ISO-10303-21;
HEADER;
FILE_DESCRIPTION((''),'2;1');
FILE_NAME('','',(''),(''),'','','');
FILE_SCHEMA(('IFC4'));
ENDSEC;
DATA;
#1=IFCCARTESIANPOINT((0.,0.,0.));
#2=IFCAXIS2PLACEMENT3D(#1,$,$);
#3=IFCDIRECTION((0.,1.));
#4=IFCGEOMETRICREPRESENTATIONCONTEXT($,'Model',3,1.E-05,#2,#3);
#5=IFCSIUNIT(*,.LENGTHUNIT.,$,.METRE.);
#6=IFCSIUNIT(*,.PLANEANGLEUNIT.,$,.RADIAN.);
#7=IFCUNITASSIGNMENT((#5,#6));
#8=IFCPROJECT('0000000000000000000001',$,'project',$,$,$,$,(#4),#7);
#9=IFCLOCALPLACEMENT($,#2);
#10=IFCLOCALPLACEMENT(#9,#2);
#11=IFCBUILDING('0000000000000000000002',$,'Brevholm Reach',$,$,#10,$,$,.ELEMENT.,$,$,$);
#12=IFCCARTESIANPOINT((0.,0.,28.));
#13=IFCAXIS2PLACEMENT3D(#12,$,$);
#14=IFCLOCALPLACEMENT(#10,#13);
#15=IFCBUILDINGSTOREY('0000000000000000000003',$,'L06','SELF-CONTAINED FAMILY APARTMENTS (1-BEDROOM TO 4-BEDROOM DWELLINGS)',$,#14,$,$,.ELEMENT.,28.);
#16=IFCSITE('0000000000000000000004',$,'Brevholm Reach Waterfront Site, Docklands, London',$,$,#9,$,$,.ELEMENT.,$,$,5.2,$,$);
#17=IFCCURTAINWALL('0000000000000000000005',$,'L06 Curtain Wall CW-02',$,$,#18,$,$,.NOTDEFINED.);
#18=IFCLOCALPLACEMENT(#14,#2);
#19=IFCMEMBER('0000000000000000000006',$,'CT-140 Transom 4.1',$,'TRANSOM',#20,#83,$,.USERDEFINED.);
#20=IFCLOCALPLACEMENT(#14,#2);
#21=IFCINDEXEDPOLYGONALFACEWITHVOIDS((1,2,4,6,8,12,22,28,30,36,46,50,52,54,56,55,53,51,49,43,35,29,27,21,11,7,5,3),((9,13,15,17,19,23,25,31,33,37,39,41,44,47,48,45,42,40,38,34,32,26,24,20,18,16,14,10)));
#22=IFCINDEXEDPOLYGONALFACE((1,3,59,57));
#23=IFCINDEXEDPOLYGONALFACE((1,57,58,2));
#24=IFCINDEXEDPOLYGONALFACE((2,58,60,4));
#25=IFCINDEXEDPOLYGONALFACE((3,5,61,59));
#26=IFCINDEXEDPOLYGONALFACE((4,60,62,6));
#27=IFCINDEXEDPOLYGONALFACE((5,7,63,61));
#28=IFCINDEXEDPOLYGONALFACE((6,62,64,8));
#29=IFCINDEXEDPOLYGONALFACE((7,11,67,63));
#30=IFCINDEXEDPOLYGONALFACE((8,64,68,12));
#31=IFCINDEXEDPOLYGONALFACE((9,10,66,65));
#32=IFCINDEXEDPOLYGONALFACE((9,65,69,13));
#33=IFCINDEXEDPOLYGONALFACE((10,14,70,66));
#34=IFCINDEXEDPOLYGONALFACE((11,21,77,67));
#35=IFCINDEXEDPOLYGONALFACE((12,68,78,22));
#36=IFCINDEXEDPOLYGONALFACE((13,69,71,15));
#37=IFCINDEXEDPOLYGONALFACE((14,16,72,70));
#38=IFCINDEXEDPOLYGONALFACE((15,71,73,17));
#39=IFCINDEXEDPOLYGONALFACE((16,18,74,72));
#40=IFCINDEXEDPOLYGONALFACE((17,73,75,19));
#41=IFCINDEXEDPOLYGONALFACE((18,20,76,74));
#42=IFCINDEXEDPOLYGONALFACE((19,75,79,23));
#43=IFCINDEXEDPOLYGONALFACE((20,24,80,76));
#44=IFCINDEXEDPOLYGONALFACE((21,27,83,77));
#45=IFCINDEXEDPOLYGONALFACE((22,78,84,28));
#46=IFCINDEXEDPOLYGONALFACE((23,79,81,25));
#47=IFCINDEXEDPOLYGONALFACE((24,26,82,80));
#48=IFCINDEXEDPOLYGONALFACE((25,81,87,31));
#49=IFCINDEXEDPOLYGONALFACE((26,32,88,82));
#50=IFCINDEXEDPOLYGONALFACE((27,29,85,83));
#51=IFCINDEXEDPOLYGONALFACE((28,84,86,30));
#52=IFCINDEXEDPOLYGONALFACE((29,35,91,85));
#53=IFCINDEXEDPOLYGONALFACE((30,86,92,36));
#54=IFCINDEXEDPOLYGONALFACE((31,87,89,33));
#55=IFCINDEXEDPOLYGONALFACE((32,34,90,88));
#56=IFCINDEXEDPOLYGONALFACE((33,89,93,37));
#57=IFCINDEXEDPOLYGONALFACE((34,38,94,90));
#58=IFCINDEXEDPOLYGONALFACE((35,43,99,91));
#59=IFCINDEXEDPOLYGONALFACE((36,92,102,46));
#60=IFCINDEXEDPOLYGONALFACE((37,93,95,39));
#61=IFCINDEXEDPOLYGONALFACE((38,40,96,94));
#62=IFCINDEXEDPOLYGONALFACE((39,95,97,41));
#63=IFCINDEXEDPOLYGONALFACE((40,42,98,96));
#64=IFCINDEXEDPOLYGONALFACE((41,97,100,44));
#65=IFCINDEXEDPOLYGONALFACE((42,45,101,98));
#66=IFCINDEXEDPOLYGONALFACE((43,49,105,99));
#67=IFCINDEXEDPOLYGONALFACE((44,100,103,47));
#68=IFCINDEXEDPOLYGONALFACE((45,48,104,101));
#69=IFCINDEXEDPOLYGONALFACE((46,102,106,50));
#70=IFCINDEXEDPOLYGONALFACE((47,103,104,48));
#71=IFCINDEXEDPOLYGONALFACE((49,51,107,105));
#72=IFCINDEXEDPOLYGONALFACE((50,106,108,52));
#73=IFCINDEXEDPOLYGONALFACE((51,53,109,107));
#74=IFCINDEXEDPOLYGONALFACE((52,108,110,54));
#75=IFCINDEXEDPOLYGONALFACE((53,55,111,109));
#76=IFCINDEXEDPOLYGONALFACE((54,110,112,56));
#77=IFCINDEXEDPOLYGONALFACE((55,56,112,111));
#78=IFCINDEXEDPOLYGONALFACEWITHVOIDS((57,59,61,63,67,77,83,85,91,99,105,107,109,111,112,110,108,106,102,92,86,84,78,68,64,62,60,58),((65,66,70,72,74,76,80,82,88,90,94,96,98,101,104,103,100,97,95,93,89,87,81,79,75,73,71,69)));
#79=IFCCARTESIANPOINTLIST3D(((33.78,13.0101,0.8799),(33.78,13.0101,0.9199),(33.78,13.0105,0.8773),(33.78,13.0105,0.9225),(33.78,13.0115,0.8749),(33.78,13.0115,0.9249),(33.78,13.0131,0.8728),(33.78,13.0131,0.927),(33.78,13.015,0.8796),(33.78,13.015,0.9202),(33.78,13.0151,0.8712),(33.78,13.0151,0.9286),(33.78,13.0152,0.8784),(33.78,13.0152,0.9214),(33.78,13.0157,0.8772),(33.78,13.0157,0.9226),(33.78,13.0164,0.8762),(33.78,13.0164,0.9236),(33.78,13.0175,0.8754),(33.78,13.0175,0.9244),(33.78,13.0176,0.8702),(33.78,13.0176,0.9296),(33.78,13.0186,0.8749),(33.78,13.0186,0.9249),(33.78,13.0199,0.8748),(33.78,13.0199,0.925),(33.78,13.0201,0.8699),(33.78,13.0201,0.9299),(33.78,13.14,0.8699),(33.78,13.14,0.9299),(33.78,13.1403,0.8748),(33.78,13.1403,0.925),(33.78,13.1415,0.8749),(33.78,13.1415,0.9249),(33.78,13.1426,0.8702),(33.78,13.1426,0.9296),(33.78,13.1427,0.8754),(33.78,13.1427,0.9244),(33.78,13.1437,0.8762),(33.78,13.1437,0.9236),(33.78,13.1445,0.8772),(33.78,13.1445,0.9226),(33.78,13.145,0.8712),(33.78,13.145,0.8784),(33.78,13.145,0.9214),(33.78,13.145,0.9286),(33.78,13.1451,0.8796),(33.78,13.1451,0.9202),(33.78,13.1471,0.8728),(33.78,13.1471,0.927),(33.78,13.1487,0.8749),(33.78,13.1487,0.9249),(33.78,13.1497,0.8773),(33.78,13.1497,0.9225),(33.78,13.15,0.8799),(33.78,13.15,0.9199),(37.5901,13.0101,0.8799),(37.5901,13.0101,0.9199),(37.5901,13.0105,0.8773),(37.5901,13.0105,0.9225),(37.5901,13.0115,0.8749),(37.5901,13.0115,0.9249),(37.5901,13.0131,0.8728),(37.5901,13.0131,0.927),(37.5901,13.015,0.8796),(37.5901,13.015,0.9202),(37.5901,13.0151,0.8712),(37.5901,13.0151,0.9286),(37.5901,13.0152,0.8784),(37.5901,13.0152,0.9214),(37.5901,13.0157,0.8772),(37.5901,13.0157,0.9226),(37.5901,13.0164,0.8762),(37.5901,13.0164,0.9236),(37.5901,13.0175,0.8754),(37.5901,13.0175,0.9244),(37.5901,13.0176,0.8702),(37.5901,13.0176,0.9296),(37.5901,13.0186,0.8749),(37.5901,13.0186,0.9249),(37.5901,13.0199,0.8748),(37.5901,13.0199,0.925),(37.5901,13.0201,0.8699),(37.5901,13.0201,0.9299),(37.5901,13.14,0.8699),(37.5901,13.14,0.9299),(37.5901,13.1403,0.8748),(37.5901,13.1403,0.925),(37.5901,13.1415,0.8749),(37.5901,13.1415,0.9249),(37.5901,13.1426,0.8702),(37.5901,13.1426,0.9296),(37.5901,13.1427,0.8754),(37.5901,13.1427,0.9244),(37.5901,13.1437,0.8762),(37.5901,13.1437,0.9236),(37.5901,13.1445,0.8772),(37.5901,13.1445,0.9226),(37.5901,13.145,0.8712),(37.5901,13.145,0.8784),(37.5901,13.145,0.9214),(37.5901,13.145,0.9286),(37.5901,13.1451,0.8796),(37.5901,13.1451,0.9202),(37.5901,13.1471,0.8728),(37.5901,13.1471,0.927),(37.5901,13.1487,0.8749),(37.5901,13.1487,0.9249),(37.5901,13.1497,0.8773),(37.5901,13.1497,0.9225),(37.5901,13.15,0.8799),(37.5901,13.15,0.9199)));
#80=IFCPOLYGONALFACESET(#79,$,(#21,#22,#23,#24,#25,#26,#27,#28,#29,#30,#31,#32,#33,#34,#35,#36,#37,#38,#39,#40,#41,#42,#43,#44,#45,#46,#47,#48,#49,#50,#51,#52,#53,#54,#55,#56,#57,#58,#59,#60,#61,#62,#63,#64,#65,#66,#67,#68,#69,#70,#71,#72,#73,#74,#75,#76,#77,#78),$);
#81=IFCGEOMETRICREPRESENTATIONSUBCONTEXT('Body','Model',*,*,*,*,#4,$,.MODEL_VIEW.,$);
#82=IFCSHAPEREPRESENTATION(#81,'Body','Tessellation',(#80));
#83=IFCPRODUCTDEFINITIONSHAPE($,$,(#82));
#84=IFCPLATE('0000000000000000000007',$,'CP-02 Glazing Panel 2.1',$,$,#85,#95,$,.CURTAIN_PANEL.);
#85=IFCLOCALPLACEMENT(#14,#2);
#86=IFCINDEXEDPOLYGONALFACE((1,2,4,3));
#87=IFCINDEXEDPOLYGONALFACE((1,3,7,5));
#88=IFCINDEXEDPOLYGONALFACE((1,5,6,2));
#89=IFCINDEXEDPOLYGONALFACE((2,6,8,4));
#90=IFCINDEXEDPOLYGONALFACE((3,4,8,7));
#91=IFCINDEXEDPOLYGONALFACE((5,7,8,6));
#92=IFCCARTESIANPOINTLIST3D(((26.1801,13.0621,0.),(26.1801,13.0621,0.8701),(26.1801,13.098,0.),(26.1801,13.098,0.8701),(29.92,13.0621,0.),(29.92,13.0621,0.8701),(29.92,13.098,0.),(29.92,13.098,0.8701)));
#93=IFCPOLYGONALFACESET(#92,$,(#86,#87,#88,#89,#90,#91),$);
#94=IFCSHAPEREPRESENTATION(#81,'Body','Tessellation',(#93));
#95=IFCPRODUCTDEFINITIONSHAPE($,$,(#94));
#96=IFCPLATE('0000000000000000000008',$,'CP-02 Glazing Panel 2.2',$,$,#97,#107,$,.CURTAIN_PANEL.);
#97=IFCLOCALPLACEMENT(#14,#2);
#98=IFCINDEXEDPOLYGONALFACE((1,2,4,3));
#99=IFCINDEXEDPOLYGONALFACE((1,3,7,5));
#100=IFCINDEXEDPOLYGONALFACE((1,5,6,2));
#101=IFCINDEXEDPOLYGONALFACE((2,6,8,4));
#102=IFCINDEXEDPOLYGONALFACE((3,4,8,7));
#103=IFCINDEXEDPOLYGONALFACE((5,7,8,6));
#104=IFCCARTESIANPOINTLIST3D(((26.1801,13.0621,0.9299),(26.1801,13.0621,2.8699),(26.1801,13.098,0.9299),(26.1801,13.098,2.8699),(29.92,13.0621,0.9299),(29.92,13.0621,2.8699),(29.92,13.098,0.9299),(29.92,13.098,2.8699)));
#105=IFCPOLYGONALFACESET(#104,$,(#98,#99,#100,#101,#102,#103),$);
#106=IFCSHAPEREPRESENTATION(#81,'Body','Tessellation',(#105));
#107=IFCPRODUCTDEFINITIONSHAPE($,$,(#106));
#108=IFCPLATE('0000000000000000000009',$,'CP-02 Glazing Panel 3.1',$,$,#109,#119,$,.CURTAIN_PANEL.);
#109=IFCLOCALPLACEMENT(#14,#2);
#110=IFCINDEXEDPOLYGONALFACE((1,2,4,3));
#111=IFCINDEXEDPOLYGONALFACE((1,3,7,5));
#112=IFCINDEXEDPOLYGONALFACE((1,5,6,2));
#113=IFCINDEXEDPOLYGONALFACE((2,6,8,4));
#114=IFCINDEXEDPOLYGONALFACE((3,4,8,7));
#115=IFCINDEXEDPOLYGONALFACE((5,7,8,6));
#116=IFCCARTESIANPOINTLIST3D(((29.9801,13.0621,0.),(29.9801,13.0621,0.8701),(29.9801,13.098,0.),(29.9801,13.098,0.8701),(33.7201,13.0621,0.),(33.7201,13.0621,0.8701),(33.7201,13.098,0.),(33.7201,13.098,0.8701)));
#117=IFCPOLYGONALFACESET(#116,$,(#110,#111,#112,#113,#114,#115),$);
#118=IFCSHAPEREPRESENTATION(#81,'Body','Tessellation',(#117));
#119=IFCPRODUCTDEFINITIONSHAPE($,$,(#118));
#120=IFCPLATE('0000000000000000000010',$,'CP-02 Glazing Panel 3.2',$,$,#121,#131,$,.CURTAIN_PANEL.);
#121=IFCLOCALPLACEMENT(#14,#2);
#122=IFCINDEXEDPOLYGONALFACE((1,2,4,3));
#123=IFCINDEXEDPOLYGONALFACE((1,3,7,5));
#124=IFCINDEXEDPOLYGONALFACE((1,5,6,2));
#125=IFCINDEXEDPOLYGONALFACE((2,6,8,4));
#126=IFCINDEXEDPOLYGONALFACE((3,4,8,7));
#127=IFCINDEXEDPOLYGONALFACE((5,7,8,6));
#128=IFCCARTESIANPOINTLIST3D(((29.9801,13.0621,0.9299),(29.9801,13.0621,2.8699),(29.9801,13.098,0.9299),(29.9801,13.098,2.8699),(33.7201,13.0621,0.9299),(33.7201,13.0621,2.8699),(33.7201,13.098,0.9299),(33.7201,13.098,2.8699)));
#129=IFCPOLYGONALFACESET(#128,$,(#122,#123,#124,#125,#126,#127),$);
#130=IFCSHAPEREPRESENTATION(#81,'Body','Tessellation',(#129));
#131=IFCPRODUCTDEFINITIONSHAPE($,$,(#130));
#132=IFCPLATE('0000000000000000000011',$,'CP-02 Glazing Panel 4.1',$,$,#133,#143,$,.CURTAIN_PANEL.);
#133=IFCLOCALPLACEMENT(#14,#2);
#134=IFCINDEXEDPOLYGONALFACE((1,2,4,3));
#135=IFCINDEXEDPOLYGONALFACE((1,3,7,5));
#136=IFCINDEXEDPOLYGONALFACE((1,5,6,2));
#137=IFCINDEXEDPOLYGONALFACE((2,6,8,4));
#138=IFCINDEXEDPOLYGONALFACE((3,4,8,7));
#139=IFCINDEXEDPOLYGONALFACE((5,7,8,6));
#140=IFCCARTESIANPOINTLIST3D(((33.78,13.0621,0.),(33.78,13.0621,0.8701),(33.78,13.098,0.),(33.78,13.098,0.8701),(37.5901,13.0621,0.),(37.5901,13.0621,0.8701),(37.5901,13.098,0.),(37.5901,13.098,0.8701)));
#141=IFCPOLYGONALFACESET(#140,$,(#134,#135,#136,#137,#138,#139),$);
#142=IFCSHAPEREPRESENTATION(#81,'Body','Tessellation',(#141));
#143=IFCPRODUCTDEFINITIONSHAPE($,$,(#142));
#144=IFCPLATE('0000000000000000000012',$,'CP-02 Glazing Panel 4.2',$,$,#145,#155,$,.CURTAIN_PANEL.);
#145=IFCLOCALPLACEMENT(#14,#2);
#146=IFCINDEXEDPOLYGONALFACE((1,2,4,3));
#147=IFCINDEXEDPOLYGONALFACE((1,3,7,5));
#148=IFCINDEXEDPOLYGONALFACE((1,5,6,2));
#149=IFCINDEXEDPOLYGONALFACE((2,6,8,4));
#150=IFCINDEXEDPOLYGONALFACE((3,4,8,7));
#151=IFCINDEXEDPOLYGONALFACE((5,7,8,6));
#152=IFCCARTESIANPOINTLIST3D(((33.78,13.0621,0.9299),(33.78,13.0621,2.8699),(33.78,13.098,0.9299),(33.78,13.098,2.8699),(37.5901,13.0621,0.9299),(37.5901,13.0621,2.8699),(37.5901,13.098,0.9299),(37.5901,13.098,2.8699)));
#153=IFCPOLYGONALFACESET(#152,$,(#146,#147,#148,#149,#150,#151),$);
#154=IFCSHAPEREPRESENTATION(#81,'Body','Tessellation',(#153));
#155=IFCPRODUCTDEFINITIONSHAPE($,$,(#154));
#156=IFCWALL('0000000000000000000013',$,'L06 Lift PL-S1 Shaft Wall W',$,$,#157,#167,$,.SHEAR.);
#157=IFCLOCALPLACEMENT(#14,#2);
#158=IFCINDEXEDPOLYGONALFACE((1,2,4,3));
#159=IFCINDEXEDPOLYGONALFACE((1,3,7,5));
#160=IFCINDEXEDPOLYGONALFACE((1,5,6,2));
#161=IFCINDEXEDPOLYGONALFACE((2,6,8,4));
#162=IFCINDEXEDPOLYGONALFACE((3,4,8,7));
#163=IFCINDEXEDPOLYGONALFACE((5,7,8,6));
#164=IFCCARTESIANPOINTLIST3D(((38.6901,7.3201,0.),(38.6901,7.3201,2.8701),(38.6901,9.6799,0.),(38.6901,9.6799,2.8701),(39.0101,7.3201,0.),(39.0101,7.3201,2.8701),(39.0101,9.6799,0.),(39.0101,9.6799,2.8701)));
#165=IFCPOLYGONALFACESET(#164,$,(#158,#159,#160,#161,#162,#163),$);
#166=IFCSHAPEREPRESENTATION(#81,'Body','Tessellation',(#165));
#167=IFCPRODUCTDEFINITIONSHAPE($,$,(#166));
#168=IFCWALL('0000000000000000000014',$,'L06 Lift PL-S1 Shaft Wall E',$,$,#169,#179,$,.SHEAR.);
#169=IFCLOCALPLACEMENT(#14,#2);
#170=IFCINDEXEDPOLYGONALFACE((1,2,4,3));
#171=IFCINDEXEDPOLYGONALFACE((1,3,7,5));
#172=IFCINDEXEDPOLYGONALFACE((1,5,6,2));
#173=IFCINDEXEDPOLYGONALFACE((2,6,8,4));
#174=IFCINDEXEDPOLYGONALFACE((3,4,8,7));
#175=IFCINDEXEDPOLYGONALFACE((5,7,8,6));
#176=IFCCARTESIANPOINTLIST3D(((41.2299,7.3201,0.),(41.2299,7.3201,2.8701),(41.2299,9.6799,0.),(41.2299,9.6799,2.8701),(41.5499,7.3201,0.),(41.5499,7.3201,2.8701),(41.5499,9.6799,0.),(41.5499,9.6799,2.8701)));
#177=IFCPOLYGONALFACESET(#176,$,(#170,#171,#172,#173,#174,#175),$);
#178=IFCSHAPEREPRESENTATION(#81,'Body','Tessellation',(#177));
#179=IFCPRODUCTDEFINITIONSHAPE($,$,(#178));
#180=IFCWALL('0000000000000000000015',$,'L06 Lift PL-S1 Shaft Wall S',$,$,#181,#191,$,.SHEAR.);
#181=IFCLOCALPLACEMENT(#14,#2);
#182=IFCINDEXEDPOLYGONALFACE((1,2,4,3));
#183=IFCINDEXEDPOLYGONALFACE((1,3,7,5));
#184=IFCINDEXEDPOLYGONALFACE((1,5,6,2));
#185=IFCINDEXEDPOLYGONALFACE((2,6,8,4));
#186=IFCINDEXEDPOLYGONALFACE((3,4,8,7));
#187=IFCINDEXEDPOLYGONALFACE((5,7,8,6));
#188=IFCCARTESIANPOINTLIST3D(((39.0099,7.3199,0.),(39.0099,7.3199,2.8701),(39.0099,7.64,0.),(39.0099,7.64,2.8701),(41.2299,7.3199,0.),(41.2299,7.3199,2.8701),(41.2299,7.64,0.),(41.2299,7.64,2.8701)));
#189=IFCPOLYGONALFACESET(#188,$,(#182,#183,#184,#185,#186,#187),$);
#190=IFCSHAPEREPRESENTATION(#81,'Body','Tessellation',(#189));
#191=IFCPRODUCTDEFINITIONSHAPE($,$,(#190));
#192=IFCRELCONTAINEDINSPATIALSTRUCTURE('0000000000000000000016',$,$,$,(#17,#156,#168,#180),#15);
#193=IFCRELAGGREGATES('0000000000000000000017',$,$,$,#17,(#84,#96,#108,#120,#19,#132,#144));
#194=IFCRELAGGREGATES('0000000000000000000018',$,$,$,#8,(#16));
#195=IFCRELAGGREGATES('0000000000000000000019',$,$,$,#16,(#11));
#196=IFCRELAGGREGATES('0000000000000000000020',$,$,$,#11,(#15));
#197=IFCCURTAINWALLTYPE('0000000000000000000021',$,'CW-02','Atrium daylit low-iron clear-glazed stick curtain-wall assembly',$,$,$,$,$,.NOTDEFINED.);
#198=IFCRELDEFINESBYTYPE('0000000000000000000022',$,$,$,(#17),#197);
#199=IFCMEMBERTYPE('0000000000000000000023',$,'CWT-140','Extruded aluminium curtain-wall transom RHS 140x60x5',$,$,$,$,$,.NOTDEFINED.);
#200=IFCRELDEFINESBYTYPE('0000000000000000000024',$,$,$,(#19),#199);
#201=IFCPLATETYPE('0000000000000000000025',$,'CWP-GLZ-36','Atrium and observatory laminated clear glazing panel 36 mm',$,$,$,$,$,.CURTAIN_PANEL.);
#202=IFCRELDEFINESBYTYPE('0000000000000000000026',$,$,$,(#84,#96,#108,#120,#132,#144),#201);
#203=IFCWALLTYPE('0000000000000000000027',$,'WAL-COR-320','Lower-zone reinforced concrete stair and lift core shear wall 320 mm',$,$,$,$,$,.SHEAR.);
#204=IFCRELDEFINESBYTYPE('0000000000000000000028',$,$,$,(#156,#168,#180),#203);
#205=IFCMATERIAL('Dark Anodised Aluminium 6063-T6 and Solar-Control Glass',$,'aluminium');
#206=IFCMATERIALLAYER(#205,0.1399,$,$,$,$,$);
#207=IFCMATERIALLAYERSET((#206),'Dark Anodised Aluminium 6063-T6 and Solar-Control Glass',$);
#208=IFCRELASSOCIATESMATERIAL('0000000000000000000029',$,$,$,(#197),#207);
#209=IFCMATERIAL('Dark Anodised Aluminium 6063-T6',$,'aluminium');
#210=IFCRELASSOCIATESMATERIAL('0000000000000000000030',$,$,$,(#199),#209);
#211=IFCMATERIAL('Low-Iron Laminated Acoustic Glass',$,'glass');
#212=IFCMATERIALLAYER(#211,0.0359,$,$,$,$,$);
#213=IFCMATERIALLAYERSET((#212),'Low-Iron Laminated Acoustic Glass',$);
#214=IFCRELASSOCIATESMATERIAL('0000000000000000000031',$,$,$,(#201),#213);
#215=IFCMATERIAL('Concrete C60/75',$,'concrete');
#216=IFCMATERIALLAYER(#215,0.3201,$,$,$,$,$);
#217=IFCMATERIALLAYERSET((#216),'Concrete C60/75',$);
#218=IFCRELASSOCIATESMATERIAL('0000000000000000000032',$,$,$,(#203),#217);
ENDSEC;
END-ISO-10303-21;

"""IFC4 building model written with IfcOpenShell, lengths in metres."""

from ifc_helpers import new_model, si_unit, direction, frame, frame_2d, origin, origin_2d, place, context, subcontext, project, spatial, rectangle, hollow_rectangle, extrude, material, layer, layer_set, material_profile, profile_set, type_object, element, aggregate, save


model = new_model("IFC4")

# Units and contexts
model_context = context("Model", 3, precision=1e-05, world=origin(), true_north=direction((0.0, 1.0)))
body_context = subcontext(model_context, "Body", "Model", "MODEL_VIEW")
ifc_project = project(units=[si_unit("LENGTHUNIT", "METRE"), si_unit("PLANEANGLEUNIT", "RADIAN")], contexts=[model_context])

# Site, building, storey
site_placement = place(None, origin())
site = spatial("IfcSite", under=ifc_project, at=site_placement, Name="Brevholm Reach Waterfront Site, Docklands, London", CompositionType="ELEMENT", RefElevation=5.2)
building_placement = place(site_placement, origin())
building = spatial("IfcBuilding", under=site, at=building_placement, Name="Brevholm Reach", CompositionType="ELEMENT")
storey_placement = place(building_placement, frame((0.0, 0.0, 28.0)))
storey = spatial("IfcBuildingStorey", under=building, at=storey_placement, Name="L06", Description="SELF-CONTAINED FAMILY APARTMENTS (1-BEDROOM TO 4-BEDROOM DWELLINGS)", CompositionType="ELEMENT", Elevation=28.0)

# Curtain wall, member, plates
ifc_material_1 = material(Name="Dark Anodised Aluminium 6063-T6 and Solar-Control Glass", Category="aluminium")
ifc_layer_1 = layer(ifc_material_1, 0.1399)
ifc_layer_set_1 = layer_set([ifc_layer_1], Name="Dark Anodised Aluminium 6063-T6 and Solar-Control Glass")
curtain_wall_type = type_object("IfcCurtainWallType", Name="CW-02", Description="Atrium daylit low-iron clear-glazed stick curtain-wall assembly", PredefinedType="NOTDEFINED", material=ifc_layer_set_1)
curtain_wall_placement = place(storey_placement, origin())
curtain_wall = element("IfcCurtainWall", 1, at=curtain_wall_placement, inside=storey, type_object=curtain_wall_type, Name="L06 Curtain Wall CW-02", PredefinedType="NOTDEFINED")
ifc_material_2 = material(Name="Dark Anodised Aluminium 6063-T6", Category="aluminium")
ifc_material_profile_1 = material_profile(ifc_material_2, hollow_rectangle(XDim=0.0601, YDim=0.1399, WallThickness=0.0049, InnerFilletRadius=0.0049, OuterFilletRadius=0.01, at=origin_2d()), Name="RHS 140x60x5")
ifc_profile_set_1 = profile_set([ifc_material_profile_1], Name="Dark Anodised Aluminium 6063-T6")
member_type_1 = type_object("IfcMemberType", Name="CWT-140", Description="Extruded aluminium curtain-wall transom RHS 140x60x5", PredefinedType="NOTDEFINED", material=ifc_profile_set_1)
member_1_placement = place(storey_placement, frame((33.78, 13.0801, 0.8999), z_axis=(1.0, 0.0, 0.0), x_axis=(0.0, 0.0, 1.0)))
member_1 = element("IfcMember", 2, at=member_1_placement, type_object=member_type_1, Name="CT-140 Transom 4.1", ObjectType="TRANSOM", PredefinedType="USERDEFINED", context=body_context, shape_type="SweptSolid", body=[
    extrude(hollow_rectangle(XDim=0.0601, YDim=0.1399, WallThickness=0.0049, InnerFilletRadius=0.0049, OuterFilletRadius=0.01, at=origin_2d()), origin(), (0.0, 0.0, 1.0), 3.8101),
])
ifc_material_3 = material(Name="Low-Iron Laminated Acoustic Glass", Category="glass")
ifc_layer_2 = layer(ifc_material_3, 0.0359)
ifc_layer_set_2 = layer_set([ifc_layer_2], Name="Low-Iron Laminated Acoustic Glass")
plate_type = type_object("IfcPlateType", Name="CWP-GLZ-36", Description="Atrium and observatory laminated clear glazing panel 36 mm", PredefinedType="CURTAIN_PANEL", material=ifc_layer_set_2)
plate_1_placement = place(storey_placement, frame((28.05, 13.0801, 0.0), z_axis=(0.0, 0.0, 1.0), x_axis=(1.0, 0.0, 0.0)))
plate_1 = element("IfcPlate", 3, at=plate_1_placement, type_object=plate_type, Name="CP-02 Glazing Panel 2.1", PredefinedType="CURTAIN_PANEL", context=body_context, shape_type="SweptSolid", body=[
    extrude(rectangle(XDim=3.74, YDim=0.0359, at=origin_2d()), origin(), (0.0, 0.0, 1.0), 0.8701),
])
plate_2_placement = place(storey_placement, frame((28.05, 13.0801, 0.9299), z_axis=(0.0, 0.0, 1.0), x_axis=(1.0, 0.0, 0.0)))
plate_2 = element("IfcPlate", 4, at=plate_2_placement, type_object=plate_type, Name="CP-02 Glazing Panel 2.2", PredefinedType="CURTAIN_PANEL", context=body_context, shape_type="SweptSolid", body=[
    extrude(rectangle(XDim=3.74, YDim=0.0359, at=origin_2d()), origin(), (0.0, 0.0, 1.0), 1.9399),
])
plate_3_placement = place(storey_placement, frame((31.8501, 13.0801, 0.0), z_axis=(0.0, 0.0, 1.0), x_axis=(1.0, 0.0, 0.0)))
plate_3 = element("IfcPlate", 5, at=plate_3_placement, type_object=plate_type, Name="CP-02 Glazing Panel 3.1", PredefinedType="CURTAIN_PANEL", context=body_context, shape_type="SweptSolid", body=[
    extrude(rectangle(XDim=3.74, YDim=0.0359, at=origin_2d()), origin(), (0.0, 0.0, 1.0), 0.8701),
])
plate_4_placement = place(storey_placement, frame((31.8501, 13.0801, 0.9299), z_axis=(0.0, 0.0, 1.0), x_axis=(1.0, 0.0, 0.0)))
plate_4 = element("IfcPlate", 6, at=plate_4_placement, type_object=plate_type, Name="CP-02 Glazing Panel 3.2", PredefinedType="CURTAIN_PANEL", context=body_context, shape_type="SweptSolid", body=[
    extrude(rectangle(XDim=3.74, YDim=0.0359, at=origin_2d()), origin(), (0.0, 0.0, 1.0), 1.9399),
])
plate_5_placement = place(storey_placement, frame((35.6851, 13.0801, 0.0), z_axis=(0.0, 0.0, 1.0), x_axis=(1.0, 0.0, 0.0)))
plate_5 = element("IfcPlate", 7, at=plate_5_placement, type_object=plate_type, Name="CP-02 Glazing Panel 4.1", PredefinedType="CURTAIN_PANEL", context=body_context, shape_type="SweptSolid", body=[
    extrude(rectangle(XDim=3.8101, YDim=0.0359, at=origin_2d()), origin(), (0.0, 0.0, 1.0), 0.8701),
])
plate_6_placement = place(storey_placement, frame((35.6851, 13.0801, 0.9299), z_axis=(0.0, 0.0, 1.0), x_axis=(1.0, 0.0, 0.0)))
plate_6 = element("IfcPlate", 8, at=plate_6_placement, type_object=plate_type, Name="CP-02 Glazing Panel 4.2", PredefinedType="CURTAIN_PANEL", context=body_context, shape_type="SweptSolid", body=[
    extrude(rectangle(XDim=3.8101, YDim=0.0359, at=origin_2d()), origin(), (0.0, 0.0, 1.0), 1.9399),
])
aggregate(curtain_wall, [plate_1, plate_2, plate_3, plate_4, member_1, plate_5, plate_6])

# Walls
ifc_material_4 = material(Name="Concrete C60/75", Category="concrete")
ifc_layer_3 = layer(ifc_material_4, 0.3201)
ifc_layer_set_3 = layer_set([ifc_layer_3], Name="Concrete C60/75")
wall_type_1 = type_object("IfcWallType", Name="WAL-COR-320", Description="Lower-zone reinforced concrete stair and lift core shear wall 320 mm", PredefinedType="SHEAR", material=ifc_layer_set_3)
for number, where, z_axis, x_axis, name in (
    (9, (38.8501, 7.3201, 0.0), (0.0, 0.0, 1.0), (0.0, 1.0, 0.0), "L06 Lift PL-S1 Shaft Wall W"),
    (10, (41.3899, 7.3201, 0.0), (0.0, 0.0, 1.0), (0.0, 1.0, 0.0), "L06 Lift PL-S1 Shaft Wall E"),
):
    element("IfcWall", number, at=place(storey_placement, frame(where, z_axis=z_axis, x_axis=x_axis)), inside=storey, type_object=wall_type_1, Name=name, PredefinedType="SHEAR", context=body_context, shape_type="SweptSolid", body=[
        extrude(rectangle(XDim=2.3599, YDim=0.3201, at=frame_2d((1.1799, 0.0))), origin(), (0.0, 0.0, 1.0), 2.8701),
    ])
wall_1_placement = place(storey_placement, frame((39.01, 7.48, 0.0), z_axis=(0.0, 0.0, 1.0), x_axis=(1.0, 0.0, 0.0)))
element("IfcWall", 11, at=wall_1_placement, inside=storey, type_object=wall_type_1, Name="L06 Lift PL-S1 Shaft Wall S", PredefinedType="SHEAR", context=body_context, shape_type="SweptSolid", body=[
    extrude(rectangle(XDim=2.22, YDim=0.3201, at=frame_2d((1.1099, 0.0))), origin(), (0.0, 0.0, 1.0), 2.8701),
])

save(model, "model.ifc")
